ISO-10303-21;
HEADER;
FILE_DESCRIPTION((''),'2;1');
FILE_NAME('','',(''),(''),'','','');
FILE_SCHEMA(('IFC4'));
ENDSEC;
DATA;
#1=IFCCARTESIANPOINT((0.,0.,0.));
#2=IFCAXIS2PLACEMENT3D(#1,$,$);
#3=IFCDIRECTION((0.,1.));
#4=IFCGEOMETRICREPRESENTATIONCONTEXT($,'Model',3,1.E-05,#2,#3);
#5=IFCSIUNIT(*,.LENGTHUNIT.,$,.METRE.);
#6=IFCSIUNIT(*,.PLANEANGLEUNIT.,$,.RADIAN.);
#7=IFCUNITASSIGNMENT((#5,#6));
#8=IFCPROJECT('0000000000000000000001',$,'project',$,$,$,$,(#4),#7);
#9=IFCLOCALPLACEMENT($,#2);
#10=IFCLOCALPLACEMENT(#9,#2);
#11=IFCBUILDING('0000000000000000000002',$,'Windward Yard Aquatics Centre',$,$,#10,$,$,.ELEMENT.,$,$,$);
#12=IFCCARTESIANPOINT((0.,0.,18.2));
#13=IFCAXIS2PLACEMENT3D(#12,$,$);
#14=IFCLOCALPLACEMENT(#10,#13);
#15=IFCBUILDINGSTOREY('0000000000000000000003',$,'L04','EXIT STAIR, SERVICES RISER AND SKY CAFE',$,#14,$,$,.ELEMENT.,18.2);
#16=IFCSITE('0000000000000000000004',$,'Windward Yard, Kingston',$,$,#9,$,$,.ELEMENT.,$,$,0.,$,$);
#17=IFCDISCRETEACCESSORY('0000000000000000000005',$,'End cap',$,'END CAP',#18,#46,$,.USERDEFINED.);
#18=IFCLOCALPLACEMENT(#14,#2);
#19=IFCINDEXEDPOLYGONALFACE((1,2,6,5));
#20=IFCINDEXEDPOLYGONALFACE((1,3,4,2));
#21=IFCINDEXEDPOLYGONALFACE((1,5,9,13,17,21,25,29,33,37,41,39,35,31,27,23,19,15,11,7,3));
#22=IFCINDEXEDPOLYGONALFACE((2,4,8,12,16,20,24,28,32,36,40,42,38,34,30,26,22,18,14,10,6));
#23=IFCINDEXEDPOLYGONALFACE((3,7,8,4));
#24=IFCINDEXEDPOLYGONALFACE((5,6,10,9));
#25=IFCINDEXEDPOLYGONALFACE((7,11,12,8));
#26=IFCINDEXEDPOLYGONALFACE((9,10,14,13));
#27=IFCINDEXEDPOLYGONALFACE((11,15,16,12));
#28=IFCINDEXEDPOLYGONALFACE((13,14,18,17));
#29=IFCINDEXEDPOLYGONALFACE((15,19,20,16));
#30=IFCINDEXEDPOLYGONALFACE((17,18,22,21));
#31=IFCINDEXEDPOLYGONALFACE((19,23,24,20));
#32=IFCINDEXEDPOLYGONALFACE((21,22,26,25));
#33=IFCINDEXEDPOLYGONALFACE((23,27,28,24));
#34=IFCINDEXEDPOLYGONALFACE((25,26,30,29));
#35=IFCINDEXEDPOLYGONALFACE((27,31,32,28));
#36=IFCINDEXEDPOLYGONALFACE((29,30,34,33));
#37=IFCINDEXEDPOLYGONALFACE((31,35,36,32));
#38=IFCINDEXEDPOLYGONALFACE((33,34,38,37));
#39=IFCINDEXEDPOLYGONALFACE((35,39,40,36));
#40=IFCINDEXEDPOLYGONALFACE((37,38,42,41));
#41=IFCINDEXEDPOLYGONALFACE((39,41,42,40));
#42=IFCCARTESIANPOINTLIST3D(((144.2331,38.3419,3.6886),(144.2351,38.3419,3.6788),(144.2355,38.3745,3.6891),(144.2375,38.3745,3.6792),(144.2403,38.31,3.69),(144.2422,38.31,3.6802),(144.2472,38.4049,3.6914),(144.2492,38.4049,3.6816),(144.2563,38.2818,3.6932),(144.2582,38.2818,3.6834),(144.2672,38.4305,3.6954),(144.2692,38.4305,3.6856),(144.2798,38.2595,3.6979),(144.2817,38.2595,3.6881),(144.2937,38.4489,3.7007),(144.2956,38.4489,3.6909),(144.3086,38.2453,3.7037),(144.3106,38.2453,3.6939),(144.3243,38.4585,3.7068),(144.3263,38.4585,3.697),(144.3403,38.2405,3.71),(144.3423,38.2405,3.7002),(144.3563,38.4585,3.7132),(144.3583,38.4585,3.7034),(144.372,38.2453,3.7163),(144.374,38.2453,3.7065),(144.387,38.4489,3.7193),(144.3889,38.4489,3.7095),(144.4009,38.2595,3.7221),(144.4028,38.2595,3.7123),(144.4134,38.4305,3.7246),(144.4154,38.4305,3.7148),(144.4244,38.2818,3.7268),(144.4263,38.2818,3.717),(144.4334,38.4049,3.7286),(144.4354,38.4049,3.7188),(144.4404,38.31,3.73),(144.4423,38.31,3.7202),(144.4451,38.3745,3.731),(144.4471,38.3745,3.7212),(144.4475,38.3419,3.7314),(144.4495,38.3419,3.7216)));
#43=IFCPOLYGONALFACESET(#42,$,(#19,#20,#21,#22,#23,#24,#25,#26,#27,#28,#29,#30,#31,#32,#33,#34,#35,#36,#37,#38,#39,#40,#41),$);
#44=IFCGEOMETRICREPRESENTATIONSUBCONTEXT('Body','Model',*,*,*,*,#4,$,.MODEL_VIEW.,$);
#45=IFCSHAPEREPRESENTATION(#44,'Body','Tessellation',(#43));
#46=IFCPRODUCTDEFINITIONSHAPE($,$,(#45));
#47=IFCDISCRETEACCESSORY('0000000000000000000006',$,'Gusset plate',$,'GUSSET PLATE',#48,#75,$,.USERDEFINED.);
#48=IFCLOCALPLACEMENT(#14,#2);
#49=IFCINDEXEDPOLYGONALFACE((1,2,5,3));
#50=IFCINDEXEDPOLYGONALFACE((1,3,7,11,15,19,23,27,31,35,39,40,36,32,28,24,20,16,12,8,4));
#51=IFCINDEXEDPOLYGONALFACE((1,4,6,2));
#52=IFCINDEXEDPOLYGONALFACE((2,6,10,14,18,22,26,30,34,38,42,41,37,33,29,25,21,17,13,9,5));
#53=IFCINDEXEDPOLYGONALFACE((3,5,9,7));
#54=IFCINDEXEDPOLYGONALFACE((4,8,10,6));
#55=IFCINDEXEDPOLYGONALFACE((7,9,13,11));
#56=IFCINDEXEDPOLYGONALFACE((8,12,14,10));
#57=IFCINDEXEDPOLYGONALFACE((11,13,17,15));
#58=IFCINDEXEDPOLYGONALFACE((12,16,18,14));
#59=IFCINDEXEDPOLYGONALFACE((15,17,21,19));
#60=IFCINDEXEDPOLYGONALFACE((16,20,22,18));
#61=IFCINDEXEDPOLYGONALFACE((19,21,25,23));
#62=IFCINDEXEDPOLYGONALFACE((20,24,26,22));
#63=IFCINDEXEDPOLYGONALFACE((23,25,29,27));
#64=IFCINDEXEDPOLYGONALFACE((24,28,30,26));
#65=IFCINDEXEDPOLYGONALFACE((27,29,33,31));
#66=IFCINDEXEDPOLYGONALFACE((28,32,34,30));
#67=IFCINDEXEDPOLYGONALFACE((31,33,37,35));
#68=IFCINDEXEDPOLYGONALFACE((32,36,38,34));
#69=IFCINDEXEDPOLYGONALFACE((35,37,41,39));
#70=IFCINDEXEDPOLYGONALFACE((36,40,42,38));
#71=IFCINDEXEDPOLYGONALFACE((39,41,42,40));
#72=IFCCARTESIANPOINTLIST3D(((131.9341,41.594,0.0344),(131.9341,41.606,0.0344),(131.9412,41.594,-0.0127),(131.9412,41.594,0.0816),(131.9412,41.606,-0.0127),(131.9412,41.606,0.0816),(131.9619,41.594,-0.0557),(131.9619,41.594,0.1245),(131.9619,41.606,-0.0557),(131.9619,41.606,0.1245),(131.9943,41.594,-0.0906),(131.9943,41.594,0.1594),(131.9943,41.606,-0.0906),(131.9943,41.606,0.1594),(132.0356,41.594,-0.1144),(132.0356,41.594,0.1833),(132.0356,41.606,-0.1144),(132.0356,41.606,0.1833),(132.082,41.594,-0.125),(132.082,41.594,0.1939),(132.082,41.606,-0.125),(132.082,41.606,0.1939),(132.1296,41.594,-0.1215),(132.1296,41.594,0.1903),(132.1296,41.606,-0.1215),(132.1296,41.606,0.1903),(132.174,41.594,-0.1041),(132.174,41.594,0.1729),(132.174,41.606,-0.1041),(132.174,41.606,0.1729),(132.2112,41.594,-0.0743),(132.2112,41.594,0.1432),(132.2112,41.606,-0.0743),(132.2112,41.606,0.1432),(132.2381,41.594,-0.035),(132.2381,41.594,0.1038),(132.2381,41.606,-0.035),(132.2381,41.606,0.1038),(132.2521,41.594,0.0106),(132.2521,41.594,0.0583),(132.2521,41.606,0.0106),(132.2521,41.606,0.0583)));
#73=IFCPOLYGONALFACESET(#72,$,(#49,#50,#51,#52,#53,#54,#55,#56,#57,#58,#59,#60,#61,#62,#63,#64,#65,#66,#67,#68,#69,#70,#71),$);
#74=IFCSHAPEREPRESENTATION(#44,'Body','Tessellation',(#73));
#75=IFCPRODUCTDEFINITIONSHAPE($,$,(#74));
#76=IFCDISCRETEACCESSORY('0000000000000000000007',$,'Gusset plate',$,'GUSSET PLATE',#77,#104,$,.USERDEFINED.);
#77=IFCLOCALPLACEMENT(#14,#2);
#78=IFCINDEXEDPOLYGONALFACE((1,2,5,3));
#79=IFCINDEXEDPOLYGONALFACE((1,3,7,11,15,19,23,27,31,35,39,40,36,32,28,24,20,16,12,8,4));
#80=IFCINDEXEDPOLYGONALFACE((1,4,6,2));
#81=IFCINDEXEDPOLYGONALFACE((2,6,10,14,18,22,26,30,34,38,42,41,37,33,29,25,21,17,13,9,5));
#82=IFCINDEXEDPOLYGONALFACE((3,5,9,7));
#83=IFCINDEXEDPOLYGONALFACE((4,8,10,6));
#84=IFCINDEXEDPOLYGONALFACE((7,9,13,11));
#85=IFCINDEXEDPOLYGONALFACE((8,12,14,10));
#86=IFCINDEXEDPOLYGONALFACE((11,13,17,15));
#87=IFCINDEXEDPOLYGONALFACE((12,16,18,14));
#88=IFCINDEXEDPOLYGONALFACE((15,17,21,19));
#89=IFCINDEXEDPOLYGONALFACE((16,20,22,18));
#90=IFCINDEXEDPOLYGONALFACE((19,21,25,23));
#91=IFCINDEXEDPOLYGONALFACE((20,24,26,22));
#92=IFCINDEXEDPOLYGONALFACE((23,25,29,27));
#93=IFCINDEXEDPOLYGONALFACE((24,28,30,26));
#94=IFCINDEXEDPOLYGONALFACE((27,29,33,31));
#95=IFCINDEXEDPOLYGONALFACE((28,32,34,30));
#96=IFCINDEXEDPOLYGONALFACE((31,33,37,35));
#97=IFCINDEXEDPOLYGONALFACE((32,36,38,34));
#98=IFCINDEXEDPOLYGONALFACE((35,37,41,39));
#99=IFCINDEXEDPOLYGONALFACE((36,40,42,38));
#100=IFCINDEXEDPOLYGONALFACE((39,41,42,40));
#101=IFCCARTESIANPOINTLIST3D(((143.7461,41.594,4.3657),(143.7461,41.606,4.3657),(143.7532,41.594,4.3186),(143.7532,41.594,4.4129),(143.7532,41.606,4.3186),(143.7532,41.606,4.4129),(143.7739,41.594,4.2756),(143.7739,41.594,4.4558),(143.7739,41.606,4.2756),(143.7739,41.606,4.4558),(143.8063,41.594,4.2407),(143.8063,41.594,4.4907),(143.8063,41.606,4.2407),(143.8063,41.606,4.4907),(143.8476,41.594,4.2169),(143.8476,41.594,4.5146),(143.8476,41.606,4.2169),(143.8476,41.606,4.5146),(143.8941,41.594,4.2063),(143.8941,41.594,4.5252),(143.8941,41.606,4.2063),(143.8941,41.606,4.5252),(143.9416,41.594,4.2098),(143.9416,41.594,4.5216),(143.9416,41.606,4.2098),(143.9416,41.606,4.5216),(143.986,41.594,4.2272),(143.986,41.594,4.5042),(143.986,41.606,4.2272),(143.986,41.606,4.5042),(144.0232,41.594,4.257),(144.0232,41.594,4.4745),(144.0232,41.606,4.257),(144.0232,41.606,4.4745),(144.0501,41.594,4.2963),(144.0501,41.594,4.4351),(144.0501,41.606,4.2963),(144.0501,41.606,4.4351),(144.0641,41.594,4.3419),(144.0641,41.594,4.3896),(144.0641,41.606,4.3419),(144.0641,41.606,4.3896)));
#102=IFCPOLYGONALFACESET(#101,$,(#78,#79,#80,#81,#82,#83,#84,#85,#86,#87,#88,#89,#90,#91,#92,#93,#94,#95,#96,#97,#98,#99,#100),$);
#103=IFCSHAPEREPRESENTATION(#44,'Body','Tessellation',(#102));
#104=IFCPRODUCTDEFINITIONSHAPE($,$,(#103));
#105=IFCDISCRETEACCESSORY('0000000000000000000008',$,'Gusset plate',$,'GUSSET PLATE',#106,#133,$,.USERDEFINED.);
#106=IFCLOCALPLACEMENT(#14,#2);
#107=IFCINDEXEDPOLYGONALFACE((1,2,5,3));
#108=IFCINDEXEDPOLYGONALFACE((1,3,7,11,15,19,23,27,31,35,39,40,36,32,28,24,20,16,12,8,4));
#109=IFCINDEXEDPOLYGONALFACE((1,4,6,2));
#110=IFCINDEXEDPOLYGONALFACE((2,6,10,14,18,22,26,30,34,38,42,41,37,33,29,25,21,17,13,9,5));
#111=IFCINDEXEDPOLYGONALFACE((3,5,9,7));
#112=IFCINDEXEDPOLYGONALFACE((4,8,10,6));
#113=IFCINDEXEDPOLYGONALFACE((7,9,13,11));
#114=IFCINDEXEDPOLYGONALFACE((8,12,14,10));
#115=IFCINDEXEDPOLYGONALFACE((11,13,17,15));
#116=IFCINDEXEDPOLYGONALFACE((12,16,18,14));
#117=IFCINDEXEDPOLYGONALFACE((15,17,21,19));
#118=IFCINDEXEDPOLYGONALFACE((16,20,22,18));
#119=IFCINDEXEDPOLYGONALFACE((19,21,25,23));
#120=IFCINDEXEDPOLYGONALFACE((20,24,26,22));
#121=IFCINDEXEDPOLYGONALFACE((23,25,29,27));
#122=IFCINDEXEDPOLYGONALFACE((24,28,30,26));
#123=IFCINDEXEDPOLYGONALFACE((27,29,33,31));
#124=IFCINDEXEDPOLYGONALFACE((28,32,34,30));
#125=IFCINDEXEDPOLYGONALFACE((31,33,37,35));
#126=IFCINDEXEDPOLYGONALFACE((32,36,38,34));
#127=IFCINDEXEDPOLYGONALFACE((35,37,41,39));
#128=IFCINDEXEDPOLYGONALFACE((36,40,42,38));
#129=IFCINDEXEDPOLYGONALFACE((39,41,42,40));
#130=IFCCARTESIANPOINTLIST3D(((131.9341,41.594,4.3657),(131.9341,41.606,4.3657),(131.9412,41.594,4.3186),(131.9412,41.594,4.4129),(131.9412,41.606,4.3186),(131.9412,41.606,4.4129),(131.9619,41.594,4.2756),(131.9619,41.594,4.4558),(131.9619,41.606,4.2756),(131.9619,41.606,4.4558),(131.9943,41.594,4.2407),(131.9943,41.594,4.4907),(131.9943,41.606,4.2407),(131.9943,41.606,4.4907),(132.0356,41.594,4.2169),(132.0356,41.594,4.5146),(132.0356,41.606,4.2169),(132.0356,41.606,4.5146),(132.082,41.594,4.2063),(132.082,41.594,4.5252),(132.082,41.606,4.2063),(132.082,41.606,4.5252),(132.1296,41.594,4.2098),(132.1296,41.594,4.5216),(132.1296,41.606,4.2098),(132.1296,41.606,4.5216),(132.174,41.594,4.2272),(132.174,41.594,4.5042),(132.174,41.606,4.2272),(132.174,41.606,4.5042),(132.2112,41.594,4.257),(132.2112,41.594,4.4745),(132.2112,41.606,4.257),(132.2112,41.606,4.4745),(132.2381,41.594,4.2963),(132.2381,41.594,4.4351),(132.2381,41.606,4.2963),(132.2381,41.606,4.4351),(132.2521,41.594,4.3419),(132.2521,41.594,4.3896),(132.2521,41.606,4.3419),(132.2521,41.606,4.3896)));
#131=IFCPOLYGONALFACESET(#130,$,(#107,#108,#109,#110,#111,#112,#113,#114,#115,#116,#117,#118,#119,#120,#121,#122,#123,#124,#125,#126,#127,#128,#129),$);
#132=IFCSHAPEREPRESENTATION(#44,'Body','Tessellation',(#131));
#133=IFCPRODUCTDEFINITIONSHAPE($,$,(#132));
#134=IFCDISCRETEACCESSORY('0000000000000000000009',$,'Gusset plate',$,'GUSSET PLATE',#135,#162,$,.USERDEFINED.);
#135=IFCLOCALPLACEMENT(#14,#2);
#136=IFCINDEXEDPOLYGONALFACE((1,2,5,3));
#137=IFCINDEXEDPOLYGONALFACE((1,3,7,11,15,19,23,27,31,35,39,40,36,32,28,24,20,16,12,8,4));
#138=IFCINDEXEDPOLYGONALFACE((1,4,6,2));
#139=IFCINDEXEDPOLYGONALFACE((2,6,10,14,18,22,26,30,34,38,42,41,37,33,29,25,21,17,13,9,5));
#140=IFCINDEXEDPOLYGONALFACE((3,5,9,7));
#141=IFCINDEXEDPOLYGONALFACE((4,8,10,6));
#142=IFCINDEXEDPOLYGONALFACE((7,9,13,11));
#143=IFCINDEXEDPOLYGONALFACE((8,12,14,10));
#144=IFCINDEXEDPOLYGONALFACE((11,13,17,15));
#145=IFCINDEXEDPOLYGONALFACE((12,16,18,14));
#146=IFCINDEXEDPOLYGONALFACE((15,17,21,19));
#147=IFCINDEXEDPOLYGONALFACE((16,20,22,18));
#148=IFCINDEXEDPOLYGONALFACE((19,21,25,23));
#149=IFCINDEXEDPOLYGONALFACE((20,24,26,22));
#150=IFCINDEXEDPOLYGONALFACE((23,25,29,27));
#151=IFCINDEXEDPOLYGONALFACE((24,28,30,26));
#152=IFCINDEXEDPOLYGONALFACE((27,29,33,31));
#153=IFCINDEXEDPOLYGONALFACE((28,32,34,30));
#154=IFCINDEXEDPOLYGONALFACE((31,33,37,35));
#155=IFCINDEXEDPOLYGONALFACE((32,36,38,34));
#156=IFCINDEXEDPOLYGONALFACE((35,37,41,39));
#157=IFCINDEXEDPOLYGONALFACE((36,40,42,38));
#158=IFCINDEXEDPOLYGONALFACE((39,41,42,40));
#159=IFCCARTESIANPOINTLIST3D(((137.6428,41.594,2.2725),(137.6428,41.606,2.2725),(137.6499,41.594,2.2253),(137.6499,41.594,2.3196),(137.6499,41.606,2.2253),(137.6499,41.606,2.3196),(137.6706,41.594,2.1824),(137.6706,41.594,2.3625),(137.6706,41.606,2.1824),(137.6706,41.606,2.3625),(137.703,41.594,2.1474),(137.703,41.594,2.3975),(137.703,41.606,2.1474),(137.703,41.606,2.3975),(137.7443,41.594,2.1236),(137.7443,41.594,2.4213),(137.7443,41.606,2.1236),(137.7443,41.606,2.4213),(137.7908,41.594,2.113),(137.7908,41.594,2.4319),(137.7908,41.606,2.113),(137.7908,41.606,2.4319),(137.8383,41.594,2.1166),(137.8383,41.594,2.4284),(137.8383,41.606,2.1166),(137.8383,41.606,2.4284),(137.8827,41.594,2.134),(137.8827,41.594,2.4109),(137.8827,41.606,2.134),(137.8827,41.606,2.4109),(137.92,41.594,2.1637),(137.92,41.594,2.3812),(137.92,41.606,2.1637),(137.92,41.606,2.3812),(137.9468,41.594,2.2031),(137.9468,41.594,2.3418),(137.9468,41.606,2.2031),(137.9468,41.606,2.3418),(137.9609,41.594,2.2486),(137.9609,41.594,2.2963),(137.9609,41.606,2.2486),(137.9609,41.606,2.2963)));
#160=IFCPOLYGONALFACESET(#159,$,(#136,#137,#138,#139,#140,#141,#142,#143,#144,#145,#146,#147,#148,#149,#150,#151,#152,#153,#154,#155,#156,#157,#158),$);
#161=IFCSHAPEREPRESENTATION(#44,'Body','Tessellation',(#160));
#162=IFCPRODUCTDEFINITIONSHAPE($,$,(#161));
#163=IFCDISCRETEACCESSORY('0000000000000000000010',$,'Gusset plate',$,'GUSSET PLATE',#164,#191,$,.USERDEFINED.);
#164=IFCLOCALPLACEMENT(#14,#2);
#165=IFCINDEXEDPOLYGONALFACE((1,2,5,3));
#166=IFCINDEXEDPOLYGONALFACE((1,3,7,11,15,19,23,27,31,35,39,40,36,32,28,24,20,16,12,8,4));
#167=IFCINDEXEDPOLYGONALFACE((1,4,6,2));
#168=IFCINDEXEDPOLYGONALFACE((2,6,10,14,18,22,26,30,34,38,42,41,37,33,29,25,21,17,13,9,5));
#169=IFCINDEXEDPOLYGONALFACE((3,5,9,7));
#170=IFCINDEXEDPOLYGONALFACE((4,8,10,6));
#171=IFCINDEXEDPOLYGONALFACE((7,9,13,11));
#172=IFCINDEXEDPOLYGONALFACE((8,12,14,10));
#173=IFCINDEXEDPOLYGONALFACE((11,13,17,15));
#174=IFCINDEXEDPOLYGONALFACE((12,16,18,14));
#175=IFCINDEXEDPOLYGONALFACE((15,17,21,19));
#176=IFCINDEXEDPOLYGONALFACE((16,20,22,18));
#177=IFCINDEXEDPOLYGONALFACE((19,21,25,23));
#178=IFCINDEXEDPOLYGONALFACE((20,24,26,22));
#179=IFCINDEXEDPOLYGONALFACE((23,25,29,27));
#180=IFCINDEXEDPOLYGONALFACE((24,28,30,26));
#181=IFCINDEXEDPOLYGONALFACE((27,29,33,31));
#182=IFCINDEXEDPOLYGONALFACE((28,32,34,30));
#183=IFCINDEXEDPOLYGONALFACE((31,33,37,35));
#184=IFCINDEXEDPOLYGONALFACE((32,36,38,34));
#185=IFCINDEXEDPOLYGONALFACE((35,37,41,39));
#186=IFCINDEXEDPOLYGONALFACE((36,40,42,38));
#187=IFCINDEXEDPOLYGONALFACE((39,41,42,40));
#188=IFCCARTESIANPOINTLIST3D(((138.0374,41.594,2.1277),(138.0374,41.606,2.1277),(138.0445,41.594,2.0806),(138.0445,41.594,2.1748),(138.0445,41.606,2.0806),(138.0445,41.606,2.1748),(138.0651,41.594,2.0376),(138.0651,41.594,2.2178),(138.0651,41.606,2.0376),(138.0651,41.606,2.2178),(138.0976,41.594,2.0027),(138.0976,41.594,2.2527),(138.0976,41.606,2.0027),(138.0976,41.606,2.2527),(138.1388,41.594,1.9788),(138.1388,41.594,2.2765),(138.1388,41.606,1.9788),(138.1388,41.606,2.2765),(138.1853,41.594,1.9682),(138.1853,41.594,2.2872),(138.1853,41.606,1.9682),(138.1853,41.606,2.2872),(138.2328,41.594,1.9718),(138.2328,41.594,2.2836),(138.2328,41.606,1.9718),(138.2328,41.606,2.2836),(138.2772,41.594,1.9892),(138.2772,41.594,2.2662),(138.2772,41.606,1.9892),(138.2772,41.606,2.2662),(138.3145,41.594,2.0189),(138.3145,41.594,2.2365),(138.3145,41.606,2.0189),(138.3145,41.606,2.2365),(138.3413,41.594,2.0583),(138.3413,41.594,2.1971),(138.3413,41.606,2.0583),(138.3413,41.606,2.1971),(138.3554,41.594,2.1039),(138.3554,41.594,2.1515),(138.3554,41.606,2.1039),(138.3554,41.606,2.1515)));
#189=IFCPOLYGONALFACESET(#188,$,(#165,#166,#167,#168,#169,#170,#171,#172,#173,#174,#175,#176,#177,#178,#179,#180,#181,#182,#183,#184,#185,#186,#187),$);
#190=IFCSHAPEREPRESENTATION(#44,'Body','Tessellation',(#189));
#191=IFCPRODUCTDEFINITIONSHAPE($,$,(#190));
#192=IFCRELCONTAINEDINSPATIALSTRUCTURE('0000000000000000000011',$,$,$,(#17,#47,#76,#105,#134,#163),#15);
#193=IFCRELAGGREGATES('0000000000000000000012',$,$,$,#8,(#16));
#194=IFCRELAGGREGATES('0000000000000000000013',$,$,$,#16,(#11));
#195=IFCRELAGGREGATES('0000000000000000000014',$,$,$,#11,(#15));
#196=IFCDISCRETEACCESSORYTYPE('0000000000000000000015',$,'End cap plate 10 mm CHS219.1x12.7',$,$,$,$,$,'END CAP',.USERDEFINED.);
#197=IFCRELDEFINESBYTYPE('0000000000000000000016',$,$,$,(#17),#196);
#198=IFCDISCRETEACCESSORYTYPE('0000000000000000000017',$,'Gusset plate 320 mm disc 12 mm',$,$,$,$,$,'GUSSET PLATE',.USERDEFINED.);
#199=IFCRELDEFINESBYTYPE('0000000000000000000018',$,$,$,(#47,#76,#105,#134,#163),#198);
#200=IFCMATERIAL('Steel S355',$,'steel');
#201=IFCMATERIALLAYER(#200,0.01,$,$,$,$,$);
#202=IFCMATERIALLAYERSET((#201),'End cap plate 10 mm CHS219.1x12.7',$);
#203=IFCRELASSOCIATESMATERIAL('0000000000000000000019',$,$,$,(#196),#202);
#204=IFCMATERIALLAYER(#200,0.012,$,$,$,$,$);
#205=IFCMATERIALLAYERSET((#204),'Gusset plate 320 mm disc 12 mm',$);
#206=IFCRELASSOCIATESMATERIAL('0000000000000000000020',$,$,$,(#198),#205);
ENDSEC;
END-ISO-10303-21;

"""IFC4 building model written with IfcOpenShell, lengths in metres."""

from ifc_helpers import new_model, si_unit, direction, frame, origin, origin_2d, place, context, subcontext, project, spatial, circle, extrude, material, layer, layer_set, type_object, element, save


model = new_model("IFC4")

# Units and contexts
model_context = context("Model", 3, precision=1e-05, world=origin(), true_north=direction((0.0, 1.0)))
body_context = subcontext(model_context, "Body", "Model", "MODEL_VIEW")
ifc_project = project(units=[si_unit("LENGTHUNIT", "METRE"), si_unit("PLANEANGLEUNIT", "RADIAN")], contexts=[model_context])

# Site, building, storey
site_placement = place(None, origin())
site = spatial("IfcSite", under=ifc_project, at=site_placement, Name="Windward Yard, Kingston", CompositionType="ELEMENT", RefElevation=0.0)
building_placement = place(site_placement, origin())
building = spatial("IfcBuilding", under=site, at=building_placement, Name="Windward Yard Aquatics Centre", CompositionType="ELEMENT")
storey_placement = place(building_placement, frame((0.0, 0.0, 18.2)))
storey = spatial("IfcBuildingStorey", under=building, at=storey_placement, Name="L04", Description="EXIT STAIR, SERVICES RISER AND SKY CAFE", CompositionType="ELEMENT", Elevation=18.2)

# Discrete accessories
ifc_material_1 = material(Name="Steel S355", Category="steel")
ifc_layer_1 = layer(ifc_material_1, 0.01)
ifc_layer_set_1 = layer_set([ifc_layer_1], Name="End cap plate 10 mm CHS219.1x12.7")
discrete_accessory_type_1 = type_object("IfcDiscreteAccessoryType", Name="End cap plate 10 mm CHS219.1x12.7", ElementType="END CAP", PredefinedType="USERDEFINED", material=ifc_layer_set_1)
discrete_accessory_placement = place(storey_placement, frame((144.3423, 38.3501, 3.7002), z_axis=(-0.196116, 0.0, 0.980581), x_axis=(0.0, -1.0, 0.0)))
element("IfcDiscreteAccessory", 1, at=discrete_accessory_placement, inside=storey, type_object=discrete_accessory_type_1, Name="End cap", ObjectType="END CAP", PredefinedType="USERDEFINED", context=body_context, shape_type="SweptSolid", body=[
    extrude(circle(Radius=0.1096, at=origin_2d()), origin(), (0.0, 0.0, 1.0), 0.01),
])
ifc_layer_2 = layer(ifc_material_1, 0.012)
ifc_layer_set_2 = layer_set([ifc_layer_2], Name="Gusset plate 320 mm disc 12 mm")
discrete_accessory_type_2 = type_object("IfcDiscreteAccessoryType", Name="Gusset plate 320 mm disc 12 mm", ElementType="GUSSET PLATE", PredefinedType="USERDEFINED", material=ifc_layer_set_2)
for number, where, z_axis, x_axis, name in (
    (2, (132.094, 41.594, 0.0344), (0.0, 1.0, 0.0), (-1.0, 0.0, 0.0), "Gusset plate"),
    (3, (143.906, 41.594, 4.3657), (0.0, 1.0, 0.0), (-1.0, 0.0, 0.0), "Gusset plate"),
    (4, (132.094, 41.594, 4.3657), (0.0, 1.0, 0.0), (-1.0, 0.0, 0.0), "Gusset plate"),
    (5, (137.8027, 41.594, 2.2725), (0.0, 1.0, 0.0), (-1.0, 0.0, 0.0), "Gusset plate"),
    (6, (138.1973, 41.594, 2.1277), (0.0, 1.0, 0.0), (-1.0, 0.0, 0.0), "Gusset plate"),
):
    element("IfcDiscreteAccessory", number, at=place(storey_placement, frame(where, z_axis=z_axis, x_axis=x_axis)), inside=storey, type_object=discrete_accessory_type_2, Name=name, ObjectType="GUSSET PLATE", PredefinedType="USERDEFINED", context=body_context, shape_type="SweptSolid", body=[
        extrude(circle(Radius=0.1599, at=origin_2d()), origin(), (0.0, 0.0, 1.0), 0.012),
    ])

save(model, "model.ifc")
